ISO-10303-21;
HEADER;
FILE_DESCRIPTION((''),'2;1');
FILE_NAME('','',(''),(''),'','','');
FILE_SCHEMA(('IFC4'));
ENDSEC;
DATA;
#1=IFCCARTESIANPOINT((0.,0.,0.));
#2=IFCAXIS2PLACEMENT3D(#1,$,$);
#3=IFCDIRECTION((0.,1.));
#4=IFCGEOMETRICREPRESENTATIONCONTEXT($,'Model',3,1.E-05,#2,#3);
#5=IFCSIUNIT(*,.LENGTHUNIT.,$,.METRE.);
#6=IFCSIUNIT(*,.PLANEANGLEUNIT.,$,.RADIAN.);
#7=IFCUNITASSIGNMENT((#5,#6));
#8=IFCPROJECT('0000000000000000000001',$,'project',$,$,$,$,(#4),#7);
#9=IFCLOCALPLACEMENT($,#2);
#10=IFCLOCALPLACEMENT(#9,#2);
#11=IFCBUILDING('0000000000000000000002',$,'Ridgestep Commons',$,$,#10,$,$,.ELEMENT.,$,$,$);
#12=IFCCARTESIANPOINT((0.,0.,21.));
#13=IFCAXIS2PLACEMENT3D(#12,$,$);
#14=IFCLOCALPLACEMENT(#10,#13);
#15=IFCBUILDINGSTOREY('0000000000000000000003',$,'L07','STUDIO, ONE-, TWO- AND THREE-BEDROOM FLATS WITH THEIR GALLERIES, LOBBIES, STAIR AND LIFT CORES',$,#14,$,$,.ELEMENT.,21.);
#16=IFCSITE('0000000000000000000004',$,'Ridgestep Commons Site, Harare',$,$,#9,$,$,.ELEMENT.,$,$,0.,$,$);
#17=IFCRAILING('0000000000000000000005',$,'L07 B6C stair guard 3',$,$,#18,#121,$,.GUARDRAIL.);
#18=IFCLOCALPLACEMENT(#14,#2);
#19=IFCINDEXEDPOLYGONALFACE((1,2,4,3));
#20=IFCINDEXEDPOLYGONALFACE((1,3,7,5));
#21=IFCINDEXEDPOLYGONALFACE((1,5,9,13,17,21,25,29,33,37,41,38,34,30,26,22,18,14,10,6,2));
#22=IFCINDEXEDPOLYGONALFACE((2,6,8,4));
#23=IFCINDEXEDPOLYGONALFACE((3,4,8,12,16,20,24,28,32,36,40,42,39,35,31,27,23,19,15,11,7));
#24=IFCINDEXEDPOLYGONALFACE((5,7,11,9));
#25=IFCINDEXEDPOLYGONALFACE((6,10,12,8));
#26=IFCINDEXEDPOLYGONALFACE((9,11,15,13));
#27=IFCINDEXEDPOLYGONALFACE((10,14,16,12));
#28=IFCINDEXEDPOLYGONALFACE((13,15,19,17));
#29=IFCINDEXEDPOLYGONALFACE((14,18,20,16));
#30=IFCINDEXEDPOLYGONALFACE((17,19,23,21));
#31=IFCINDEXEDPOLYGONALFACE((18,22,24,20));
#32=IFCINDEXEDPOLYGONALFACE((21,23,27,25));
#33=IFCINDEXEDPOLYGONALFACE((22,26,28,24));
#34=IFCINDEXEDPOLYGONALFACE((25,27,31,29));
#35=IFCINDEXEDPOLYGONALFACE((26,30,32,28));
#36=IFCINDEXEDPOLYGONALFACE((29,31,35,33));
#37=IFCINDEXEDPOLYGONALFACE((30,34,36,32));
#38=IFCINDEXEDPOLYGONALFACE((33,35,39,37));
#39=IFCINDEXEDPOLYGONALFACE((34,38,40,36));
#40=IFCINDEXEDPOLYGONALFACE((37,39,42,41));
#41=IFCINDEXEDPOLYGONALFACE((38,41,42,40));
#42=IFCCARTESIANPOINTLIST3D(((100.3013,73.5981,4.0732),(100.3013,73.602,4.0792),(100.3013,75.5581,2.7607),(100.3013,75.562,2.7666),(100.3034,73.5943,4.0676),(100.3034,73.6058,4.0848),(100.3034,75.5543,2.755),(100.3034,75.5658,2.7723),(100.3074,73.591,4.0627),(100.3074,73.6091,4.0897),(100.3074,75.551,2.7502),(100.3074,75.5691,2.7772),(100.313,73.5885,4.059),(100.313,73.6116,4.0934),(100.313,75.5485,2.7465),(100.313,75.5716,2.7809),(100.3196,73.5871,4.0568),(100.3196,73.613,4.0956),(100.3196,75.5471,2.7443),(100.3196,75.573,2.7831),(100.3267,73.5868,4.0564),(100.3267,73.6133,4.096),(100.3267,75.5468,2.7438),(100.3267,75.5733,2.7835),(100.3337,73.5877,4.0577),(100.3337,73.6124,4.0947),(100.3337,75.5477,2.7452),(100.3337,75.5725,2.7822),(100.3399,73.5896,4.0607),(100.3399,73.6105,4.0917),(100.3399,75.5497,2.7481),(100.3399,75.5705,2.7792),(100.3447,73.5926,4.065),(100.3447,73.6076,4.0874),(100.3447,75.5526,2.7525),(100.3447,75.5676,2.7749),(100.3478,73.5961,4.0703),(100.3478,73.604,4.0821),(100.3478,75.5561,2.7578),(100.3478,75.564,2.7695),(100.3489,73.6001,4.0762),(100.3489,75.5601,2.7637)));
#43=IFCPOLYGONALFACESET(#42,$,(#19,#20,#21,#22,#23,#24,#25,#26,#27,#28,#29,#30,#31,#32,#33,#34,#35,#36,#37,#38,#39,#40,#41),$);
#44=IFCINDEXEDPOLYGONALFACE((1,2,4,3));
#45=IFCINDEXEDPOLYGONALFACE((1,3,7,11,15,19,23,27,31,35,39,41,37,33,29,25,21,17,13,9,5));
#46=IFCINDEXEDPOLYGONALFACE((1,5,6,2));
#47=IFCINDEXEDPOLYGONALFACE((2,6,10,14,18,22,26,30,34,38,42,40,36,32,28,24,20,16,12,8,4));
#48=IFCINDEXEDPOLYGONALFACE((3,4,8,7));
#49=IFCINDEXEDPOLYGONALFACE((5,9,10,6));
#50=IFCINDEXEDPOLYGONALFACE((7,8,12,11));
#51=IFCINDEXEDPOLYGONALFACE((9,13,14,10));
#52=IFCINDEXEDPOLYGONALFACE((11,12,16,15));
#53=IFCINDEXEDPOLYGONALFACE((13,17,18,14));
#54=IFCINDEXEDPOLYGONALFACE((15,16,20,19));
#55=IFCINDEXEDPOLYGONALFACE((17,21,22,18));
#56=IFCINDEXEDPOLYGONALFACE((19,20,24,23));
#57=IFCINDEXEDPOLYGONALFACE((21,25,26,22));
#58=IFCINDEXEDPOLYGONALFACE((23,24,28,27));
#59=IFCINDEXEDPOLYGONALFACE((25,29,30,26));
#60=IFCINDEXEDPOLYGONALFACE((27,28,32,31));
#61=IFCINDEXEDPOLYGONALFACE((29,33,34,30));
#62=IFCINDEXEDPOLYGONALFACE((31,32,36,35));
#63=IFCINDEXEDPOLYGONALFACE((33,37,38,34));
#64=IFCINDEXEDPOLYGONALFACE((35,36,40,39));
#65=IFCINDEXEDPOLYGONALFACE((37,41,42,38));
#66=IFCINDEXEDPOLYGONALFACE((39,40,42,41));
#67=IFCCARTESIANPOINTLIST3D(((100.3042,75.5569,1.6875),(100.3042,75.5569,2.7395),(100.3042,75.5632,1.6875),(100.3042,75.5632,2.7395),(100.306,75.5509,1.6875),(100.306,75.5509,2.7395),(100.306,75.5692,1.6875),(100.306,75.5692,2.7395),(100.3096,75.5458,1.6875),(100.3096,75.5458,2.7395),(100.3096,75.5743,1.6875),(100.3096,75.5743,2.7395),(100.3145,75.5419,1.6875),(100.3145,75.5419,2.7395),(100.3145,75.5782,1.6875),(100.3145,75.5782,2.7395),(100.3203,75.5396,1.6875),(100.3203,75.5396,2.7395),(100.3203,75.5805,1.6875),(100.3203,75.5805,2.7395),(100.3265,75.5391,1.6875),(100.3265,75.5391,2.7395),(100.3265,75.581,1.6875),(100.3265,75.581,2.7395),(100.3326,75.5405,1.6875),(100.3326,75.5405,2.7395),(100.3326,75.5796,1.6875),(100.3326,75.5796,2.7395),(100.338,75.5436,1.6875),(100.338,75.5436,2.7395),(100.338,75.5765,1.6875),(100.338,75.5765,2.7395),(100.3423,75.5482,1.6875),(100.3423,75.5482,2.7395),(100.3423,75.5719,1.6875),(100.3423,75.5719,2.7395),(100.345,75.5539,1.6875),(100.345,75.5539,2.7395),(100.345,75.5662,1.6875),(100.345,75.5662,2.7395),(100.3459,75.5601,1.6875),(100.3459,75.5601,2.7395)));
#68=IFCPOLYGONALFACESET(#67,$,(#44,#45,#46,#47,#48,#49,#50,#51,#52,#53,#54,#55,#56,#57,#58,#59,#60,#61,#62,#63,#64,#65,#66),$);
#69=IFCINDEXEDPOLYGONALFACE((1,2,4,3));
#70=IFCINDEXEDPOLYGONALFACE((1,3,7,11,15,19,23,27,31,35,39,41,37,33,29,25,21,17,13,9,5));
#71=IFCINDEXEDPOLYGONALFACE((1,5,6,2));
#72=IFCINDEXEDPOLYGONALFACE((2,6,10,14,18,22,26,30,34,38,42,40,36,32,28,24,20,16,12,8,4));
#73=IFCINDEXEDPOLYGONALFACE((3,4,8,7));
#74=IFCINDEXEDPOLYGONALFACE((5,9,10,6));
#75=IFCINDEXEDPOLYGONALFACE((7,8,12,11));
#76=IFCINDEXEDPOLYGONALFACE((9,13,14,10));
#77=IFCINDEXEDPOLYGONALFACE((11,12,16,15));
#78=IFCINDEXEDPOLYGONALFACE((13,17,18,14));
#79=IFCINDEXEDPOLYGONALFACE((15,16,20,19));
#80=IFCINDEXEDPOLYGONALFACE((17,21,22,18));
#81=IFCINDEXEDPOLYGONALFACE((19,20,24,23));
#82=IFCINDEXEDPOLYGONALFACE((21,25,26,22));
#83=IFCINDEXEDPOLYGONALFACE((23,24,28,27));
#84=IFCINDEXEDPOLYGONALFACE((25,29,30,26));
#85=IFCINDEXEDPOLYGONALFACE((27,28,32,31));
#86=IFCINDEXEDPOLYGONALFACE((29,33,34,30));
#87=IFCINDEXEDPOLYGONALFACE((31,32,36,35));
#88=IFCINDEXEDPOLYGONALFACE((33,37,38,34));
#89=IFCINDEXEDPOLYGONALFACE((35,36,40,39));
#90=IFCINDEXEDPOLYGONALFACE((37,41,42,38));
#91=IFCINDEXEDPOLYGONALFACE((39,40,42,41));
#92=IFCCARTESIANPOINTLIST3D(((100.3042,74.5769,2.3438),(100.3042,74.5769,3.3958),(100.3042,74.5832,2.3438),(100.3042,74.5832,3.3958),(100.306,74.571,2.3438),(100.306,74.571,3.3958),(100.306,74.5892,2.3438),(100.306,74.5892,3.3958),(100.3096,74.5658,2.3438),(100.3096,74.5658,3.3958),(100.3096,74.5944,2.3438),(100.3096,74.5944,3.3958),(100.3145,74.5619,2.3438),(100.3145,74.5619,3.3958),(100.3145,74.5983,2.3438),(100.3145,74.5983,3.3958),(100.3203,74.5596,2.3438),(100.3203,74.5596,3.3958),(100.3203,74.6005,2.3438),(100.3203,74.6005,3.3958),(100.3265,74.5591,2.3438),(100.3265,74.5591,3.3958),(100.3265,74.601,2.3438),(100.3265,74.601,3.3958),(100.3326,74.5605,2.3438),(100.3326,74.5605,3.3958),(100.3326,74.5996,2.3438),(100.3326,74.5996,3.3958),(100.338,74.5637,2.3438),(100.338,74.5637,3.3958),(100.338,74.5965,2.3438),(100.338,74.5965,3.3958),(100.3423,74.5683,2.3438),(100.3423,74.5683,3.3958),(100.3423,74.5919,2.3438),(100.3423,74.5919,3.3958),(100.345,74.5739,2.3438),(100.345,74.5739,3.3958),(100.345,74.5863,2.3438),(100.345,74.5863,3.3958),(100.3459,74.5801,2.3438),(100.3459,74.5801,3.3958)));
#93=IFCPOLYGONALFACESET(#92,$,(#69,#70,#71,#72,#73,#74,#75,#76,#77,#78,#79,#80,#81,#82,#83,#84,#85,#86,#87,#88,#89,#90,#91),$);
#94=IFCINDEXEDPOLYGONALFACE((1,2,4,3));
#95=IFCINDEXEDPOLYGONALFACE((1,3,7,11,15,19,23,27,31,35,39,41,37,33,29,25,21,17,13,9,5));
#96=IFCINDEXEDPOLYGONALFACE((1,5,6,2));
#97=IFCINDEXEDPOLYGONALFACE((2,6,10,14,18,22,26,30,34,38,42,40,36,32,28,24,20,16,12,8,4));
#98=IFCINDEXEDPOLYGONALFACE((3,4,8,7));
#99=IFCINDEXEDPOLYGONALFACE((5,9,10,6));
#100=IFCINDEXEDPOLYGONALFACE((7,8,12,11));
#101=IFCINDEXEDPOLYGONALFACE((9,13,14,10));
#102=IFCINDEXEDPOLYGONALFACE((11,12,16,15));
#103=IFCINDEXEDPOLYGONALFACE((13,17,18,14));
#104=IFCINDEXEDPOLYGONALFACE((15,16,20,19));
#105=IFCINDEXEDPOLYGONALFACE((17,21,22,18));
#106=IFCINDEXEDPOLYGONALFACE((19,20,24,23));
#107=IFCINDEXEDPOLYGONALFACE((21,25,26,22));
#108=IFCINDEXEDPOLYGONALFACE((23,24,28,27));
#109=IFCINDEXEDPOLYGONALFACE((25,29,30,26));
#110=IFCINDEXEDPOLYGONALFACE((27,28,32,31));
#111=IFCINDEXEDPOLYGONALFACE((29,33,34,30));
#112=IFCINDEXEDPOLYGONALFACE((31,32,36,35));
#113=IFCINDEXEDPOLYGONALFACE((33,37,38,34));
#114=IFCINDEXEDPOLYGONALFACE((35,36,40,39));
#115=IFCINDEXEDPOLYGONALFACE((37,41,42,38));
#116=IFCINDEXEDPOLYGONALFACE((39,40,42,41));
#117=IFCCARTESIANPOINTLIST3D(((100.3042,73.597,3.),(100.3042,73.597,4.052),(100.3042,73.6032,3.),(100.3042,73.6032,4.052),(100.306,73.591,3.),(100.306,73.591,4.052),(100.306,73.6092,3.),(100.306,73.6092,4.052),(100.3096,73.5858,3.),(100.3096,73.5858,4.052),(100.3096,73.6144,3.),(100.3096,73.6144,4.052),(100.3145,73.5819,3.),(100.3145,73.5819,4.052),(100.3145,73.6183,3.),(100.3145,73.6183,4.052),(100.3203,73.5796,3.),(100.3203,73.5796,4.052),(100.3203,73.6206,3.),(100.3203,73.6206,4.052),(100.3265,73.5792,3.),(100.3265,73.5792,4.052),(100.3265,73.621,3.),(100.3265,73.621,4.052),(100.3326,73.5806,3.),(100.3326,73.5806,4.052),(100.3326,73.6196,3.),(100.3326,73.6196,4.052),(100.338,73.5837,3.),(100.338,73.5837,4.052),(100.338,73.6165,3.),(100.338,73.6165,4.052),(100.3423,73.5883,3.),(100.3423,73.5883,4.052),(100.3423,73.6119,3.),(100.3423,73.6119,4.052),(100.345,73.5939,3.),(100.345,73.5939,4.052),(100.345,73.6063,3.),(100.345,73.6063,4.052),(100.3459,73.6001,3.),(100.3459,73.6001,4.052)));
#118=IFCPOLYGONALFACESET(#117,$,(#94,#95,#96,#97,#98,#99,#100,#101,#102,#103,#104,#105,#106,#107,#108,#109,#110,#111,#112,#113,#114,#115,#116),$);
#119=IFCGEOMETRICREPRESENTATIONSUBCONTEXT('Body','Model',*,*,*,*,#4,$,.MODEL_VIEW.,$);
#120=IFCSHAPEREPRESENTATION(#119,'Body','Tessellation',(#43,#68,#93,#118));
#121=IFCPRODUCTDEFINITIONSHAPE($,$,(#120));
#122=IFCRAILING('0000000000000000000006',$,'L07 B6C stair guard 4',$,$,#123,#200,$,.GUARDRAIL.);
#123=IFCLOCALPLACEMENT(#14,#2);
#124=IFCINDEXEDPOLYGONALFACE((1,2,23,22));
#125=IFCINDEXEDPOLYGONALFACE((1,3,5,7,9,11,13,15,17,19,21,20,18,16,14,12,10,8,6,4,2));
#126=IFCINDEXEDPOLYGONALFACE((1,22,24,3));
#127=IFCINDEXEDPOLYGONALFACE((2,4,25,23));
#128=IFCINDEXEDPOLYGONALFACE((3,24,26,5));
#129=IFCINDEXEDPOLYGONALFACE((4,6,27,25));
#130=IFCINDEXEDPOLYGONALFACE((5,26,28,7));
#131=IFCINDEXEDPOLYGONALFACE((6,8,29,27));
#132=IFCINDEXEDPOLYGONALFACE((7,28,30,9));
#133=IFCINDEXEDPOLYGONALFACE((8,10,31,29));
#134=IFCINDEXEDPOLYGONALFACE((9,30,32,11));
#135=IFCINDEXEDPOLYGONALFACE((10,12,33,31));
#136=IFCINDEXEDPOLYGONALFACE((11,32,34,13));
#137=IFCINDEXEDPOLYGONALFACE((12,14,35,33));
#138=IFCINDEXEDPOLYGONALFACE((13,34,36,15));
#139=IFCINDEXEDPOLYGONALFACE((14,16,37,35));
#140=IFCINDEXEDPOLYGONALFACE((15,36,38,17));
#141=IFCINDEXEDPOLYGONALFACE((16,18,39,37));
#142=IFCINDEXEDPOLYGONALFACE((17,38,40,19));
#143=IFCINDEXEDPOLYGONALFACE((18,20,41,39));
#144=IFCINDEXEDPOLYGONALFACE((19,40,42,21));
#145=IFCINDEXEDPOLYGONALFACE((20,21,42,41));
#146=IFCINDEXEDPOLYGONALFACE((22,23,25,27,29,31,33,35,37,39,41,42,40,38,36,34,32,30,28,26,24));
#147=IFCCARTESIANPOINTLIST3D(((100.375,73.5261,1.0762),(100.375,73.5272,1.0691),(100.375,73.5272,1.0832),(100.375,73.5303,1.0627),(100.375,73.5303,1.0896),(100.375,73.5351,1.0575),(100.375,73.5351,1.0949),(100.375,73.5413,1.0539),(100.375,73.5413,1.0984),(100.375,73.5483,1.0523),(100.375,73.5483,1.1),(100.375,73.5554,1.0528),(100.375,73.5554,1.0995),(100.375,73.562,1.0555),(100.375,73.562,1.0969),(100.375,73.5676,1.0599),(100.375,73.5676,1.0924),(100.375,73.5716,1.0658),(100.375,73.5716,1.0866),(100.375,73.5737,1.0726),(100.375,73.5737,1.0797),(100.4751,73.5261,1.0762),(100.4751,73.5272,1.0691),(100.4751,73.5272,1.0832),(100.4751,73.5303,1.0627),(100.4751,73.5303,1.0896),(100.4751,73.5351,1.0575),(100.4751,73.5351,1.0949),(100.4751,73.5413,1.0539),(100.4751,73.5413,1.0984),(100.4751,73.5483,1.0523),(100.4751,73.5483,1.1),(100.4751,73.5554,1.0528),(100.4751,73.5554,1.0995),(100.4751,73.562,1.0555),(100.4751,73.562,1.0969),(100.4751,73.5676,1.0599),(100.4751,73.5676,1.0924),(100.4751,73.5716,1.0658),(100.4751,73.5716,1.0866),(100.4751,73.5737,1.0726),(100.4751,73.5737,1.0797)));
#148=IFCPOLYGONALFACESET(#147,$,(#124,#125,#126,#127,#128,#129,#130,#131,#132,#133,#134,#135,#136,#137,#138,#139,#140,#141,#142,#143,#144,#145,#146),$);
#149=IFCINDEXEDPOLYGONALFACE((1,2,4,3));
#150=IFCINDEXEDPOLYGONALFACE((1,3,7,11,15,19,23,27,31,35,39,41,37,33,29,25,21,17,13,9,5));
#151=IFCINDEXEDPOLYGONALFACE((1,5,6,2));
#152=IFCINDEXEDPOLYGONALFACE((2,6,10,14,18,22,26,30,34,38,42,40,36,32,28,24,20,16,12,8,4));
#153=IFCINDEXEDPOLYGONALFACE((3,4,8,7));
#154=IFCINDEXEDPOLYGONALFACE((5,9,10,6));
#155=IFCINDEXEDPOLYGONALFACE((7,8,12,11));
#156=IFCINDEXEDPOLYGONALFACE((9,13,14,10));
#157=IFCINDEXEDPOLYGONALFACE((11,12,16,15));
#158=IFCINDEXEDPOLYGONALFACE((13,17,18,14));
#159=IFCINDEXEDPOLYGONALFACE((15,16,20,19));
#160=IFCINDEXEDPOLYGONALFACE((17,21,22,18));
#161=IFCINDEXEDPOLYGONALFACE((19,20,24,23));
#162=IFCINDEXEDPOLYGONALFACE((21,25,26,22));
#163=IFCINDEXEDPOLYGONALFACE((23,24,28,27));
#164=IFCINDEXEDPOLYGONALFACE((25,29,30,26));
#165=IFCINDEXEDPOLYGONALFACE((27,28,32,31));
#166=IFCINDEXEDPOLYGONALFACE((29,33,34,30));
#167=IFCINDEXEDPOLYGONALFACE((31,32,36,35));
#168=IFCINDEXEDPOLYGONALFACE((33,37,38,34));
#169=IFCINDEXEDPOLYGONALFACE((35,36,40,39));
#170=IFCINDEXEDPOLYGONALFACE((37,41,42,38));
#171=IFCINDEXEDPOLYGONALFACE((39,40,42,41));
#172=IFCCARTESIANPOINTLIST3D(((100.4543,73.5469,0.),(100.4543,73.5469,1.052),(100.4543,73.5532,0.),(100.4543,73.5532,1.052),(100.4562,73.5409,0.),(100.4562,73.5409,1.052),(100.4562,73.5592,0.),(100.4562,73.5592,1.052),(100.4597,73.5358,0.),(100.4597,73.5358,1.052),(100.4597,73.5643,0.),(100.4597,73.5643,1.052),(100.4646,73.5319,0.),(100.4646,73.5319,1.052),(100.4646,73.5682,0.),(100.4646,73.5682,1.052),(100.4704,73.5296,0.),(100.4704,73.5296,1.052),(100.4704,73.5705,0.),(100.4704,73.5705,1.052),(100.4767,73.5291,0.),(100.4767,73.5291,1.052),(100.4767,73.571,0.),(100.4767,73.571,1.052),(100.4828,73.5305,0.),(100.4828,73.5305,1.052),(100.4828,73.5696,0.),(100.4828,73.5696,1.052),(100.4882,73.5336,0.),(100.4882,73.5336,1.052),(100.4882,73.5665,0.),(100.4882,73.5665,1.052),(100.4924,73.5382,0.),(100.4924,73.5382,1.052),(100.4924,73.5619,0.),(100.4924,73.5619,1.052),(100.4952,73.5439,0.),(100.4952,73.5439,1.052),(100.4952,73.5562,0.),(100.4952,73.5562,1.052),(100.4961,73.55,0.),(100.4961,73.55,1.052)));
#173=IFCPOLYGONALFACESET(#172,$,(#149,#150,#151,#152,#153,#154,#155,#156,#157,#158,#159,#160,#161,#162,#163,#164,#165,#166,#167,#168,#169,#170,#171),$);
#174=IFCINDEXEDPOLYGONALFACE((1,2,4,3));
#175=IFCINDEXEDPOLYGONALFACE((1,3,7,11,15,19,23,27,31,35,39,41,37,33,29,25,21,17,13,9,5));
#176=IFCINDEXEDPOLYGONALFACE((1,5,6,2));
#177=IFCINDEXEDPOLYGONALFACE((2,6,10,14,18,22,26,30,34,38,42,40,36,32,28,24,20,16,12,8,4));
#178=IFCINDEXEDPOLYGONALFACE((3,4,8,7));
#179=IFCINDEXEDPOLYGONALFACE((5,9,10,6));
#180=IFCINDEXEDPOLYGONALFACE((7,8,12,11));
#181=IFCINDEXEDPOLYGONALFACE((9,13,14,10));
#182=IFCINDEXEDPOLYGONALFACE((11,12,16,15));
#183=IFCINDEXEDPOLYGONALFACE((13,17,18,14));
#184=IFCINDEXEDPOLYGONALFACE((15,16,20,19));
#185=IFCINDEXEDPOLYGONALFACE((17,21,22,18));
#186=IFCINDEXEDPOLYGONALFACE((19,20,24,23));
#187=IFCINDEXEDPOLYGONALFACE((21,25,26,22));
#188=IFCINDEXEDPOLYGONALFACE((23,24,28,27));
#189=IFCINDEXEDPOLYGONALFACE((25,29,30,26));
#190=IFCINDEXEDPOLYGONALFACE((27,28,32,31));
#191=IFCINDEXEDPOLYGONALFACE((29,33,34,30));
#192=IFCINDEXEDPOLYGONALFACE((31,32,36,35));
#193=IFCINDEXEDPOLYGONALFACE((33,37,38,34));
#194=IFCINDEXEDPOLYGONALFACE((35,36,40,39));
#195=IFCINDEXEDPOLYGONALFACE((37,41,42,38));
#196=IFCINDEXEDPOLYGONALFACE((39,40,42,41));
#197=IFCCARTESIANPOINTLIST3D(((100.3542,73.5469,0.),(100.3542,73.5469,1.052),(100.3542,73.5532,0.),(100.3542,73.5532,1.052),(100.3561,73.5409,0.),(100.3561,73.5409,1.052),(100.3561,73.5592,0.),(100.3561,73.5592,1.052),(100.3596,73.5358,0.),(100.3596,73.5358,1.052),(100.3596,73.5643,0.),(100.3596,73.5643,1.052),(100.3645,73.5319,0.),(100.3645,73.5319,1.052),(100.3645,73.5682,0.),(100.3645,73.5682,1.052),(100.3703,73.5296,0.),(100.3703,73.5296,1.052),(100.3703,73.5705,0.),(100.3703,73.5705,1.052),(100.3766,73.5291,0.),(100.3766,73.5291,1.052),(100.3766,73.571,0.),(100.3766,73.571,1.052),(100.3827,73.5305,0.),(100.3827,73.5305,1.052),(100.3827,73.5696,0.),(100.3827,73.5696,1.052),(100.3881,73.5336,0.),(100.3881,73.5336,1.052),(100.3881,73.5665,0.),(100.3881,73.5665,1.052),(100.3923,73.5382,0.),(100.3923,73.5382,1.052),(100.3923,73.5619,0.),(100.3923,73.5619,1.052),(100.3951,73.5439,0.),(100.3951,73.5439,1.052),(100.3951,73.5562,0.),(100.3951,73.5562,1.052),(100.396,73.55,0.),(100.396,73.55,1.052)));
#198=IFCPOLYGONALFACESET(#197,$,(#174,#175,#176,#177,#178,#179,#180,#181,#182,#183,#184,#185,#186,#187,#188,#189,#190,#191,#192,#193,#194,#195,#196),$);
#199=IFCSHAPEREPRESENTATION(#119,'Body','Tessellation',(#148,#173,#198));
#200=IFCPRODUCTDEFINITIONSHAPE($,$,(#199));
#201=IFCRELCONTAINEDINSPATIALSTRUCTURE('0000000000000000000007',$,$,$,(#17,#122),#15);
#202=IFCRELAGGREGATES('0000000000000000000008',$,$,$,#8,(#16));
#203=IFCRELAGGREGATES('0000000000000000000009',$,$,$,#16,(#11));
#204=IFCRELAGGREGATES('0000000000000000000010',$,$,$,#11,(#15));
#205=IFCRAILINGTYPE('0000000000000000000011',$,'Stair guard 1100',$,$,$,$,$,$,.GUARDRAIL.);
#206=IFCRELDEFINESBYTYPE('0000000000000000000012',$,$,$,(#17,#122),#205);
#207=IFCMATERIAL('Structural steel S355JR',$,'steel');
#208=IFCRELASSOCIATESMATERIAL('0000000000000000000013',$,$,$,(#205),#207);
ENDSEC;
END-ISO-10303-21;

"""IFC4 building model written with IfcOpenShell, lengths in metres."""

from ifc_helpers import new_model, si_unit, direction, frame, origin, origin_2d, place, context, subcontext, project, spatial, circle, extrude, material, type_object, element, save


model = new_model("IFC4")

# Units and contexts
model_context = context("Model", 3, precision=1e-05, world=origin(), true_north=direction((0.0, 1.0)))
body_context = subcontext(model_context, "Body", "Model", "MODEL_VIEW")
ifc_project = project(units=[si_unit("LENGTHUNIT", "METRE"), si_unit("PLANEANGLEUNIT", "RADIAN")], contexts=[model_context])

# Site, building, storey
site_placement = place(None, origin())
site = spatial("IfcSite", under=ifc_project, at=site_placement, Name="Ridgestep Commons Site, Harare", CompositionType="ELEMENT", RefElevation=0.0)
building_placement = place(site_placement, origin())
building = spatial("IfcBuilding", under=site, at=building_placement, Name="Ridgestep Commons", CompositionType="ELEMENT")
storey_placement = place(building_placement, frame((0.0, 0.0, 21.0)))
storey = spatial("IfcBuildingStorey", under=building, at=storey_placement, Name="L07", Description="STUDIO, ONE-, TWO- AND THREE-BEDROOM FLATS WITH THEIR GALLERIES, LOBBIES, STAIR AND LIFT CORES", CompositionType="ELEMENT", Elevation=21.0)

# Railings
ifc_material_1 = material(Name="Structural steel S355JR", Category="steel")
railing_type_1 = type_object("IfcRailingType", Name="Stair guard 1100", PredefinedType="GUARDRAIL", material=ifc_material_1)
railing_1_placement = place(storey_placement, frame((100.325, 75.5601, 1.6875)))
element("IfcRailing", 1, at=railing_1_placement, inside=storey, type_object=railing_type_1, Name="L07 B6C stair guard 3", PredefinedType="GUARDRAIL", context=body_context, shape_type="SweptSolid", body=[
    extrude(circle(Radius=0.0239, at=origin_2d()), frame((0.0, 0.0, 1.0762), z_axis=(0.0, -0.830902, 0.556419), x_axis=(1.0, 0.0, 0.0)), (0.0, 0.0, 1.0), 2.3589),
    extrude(circle(Radius=0.021, at=origin_2d()), origin(), (0.0, 0.0, 1.0), 1.052),
    extrude(circle(Radius=0.021, at=origin_2d()), frame((0.0, -0.98, 0.6562)), (0.0, 0.0, 1.0), 1.052),
    extrude(circle(Radius=0.021, at=origin_2d()), frame((0.0, -1.96, 1.3125)), (0.0, 0.0, 1.0), 1.052),
])
railing_2_placement = place(storey_placement, frame((100.4751, 73.55, 0.0)))
element("IfcRailing", 2, at=railing_2_placement, inside=storey, type_object=railing_type_1, Name="L07 B6C stair guard 4", PredefinedType="GUARDRAIL", context=body_context, shape_type="SweptSolid", body=[
    extrude(circle(Radius=0.0239, at=origin_2d()), frame((0.0, 0.0, 1.0762), z_axis=(-1.0, 0.0, 0.0), x_axis=(0.0, -1.0, 0.0)), (0.0, 0.0, 1.0), 0.1001),
    extrude(circle(Radius=0.021, at=origin_2d()), origin(), (0.0, 0.0, 1.0), 1.052),
    extrude(circle(Radius=0.021, at=origin_2d()), frame((-0.1001, 0.0, 0.0)), (0.0, 0.0, 1.0), 1.052),
])

save(model, "model.ifc")
